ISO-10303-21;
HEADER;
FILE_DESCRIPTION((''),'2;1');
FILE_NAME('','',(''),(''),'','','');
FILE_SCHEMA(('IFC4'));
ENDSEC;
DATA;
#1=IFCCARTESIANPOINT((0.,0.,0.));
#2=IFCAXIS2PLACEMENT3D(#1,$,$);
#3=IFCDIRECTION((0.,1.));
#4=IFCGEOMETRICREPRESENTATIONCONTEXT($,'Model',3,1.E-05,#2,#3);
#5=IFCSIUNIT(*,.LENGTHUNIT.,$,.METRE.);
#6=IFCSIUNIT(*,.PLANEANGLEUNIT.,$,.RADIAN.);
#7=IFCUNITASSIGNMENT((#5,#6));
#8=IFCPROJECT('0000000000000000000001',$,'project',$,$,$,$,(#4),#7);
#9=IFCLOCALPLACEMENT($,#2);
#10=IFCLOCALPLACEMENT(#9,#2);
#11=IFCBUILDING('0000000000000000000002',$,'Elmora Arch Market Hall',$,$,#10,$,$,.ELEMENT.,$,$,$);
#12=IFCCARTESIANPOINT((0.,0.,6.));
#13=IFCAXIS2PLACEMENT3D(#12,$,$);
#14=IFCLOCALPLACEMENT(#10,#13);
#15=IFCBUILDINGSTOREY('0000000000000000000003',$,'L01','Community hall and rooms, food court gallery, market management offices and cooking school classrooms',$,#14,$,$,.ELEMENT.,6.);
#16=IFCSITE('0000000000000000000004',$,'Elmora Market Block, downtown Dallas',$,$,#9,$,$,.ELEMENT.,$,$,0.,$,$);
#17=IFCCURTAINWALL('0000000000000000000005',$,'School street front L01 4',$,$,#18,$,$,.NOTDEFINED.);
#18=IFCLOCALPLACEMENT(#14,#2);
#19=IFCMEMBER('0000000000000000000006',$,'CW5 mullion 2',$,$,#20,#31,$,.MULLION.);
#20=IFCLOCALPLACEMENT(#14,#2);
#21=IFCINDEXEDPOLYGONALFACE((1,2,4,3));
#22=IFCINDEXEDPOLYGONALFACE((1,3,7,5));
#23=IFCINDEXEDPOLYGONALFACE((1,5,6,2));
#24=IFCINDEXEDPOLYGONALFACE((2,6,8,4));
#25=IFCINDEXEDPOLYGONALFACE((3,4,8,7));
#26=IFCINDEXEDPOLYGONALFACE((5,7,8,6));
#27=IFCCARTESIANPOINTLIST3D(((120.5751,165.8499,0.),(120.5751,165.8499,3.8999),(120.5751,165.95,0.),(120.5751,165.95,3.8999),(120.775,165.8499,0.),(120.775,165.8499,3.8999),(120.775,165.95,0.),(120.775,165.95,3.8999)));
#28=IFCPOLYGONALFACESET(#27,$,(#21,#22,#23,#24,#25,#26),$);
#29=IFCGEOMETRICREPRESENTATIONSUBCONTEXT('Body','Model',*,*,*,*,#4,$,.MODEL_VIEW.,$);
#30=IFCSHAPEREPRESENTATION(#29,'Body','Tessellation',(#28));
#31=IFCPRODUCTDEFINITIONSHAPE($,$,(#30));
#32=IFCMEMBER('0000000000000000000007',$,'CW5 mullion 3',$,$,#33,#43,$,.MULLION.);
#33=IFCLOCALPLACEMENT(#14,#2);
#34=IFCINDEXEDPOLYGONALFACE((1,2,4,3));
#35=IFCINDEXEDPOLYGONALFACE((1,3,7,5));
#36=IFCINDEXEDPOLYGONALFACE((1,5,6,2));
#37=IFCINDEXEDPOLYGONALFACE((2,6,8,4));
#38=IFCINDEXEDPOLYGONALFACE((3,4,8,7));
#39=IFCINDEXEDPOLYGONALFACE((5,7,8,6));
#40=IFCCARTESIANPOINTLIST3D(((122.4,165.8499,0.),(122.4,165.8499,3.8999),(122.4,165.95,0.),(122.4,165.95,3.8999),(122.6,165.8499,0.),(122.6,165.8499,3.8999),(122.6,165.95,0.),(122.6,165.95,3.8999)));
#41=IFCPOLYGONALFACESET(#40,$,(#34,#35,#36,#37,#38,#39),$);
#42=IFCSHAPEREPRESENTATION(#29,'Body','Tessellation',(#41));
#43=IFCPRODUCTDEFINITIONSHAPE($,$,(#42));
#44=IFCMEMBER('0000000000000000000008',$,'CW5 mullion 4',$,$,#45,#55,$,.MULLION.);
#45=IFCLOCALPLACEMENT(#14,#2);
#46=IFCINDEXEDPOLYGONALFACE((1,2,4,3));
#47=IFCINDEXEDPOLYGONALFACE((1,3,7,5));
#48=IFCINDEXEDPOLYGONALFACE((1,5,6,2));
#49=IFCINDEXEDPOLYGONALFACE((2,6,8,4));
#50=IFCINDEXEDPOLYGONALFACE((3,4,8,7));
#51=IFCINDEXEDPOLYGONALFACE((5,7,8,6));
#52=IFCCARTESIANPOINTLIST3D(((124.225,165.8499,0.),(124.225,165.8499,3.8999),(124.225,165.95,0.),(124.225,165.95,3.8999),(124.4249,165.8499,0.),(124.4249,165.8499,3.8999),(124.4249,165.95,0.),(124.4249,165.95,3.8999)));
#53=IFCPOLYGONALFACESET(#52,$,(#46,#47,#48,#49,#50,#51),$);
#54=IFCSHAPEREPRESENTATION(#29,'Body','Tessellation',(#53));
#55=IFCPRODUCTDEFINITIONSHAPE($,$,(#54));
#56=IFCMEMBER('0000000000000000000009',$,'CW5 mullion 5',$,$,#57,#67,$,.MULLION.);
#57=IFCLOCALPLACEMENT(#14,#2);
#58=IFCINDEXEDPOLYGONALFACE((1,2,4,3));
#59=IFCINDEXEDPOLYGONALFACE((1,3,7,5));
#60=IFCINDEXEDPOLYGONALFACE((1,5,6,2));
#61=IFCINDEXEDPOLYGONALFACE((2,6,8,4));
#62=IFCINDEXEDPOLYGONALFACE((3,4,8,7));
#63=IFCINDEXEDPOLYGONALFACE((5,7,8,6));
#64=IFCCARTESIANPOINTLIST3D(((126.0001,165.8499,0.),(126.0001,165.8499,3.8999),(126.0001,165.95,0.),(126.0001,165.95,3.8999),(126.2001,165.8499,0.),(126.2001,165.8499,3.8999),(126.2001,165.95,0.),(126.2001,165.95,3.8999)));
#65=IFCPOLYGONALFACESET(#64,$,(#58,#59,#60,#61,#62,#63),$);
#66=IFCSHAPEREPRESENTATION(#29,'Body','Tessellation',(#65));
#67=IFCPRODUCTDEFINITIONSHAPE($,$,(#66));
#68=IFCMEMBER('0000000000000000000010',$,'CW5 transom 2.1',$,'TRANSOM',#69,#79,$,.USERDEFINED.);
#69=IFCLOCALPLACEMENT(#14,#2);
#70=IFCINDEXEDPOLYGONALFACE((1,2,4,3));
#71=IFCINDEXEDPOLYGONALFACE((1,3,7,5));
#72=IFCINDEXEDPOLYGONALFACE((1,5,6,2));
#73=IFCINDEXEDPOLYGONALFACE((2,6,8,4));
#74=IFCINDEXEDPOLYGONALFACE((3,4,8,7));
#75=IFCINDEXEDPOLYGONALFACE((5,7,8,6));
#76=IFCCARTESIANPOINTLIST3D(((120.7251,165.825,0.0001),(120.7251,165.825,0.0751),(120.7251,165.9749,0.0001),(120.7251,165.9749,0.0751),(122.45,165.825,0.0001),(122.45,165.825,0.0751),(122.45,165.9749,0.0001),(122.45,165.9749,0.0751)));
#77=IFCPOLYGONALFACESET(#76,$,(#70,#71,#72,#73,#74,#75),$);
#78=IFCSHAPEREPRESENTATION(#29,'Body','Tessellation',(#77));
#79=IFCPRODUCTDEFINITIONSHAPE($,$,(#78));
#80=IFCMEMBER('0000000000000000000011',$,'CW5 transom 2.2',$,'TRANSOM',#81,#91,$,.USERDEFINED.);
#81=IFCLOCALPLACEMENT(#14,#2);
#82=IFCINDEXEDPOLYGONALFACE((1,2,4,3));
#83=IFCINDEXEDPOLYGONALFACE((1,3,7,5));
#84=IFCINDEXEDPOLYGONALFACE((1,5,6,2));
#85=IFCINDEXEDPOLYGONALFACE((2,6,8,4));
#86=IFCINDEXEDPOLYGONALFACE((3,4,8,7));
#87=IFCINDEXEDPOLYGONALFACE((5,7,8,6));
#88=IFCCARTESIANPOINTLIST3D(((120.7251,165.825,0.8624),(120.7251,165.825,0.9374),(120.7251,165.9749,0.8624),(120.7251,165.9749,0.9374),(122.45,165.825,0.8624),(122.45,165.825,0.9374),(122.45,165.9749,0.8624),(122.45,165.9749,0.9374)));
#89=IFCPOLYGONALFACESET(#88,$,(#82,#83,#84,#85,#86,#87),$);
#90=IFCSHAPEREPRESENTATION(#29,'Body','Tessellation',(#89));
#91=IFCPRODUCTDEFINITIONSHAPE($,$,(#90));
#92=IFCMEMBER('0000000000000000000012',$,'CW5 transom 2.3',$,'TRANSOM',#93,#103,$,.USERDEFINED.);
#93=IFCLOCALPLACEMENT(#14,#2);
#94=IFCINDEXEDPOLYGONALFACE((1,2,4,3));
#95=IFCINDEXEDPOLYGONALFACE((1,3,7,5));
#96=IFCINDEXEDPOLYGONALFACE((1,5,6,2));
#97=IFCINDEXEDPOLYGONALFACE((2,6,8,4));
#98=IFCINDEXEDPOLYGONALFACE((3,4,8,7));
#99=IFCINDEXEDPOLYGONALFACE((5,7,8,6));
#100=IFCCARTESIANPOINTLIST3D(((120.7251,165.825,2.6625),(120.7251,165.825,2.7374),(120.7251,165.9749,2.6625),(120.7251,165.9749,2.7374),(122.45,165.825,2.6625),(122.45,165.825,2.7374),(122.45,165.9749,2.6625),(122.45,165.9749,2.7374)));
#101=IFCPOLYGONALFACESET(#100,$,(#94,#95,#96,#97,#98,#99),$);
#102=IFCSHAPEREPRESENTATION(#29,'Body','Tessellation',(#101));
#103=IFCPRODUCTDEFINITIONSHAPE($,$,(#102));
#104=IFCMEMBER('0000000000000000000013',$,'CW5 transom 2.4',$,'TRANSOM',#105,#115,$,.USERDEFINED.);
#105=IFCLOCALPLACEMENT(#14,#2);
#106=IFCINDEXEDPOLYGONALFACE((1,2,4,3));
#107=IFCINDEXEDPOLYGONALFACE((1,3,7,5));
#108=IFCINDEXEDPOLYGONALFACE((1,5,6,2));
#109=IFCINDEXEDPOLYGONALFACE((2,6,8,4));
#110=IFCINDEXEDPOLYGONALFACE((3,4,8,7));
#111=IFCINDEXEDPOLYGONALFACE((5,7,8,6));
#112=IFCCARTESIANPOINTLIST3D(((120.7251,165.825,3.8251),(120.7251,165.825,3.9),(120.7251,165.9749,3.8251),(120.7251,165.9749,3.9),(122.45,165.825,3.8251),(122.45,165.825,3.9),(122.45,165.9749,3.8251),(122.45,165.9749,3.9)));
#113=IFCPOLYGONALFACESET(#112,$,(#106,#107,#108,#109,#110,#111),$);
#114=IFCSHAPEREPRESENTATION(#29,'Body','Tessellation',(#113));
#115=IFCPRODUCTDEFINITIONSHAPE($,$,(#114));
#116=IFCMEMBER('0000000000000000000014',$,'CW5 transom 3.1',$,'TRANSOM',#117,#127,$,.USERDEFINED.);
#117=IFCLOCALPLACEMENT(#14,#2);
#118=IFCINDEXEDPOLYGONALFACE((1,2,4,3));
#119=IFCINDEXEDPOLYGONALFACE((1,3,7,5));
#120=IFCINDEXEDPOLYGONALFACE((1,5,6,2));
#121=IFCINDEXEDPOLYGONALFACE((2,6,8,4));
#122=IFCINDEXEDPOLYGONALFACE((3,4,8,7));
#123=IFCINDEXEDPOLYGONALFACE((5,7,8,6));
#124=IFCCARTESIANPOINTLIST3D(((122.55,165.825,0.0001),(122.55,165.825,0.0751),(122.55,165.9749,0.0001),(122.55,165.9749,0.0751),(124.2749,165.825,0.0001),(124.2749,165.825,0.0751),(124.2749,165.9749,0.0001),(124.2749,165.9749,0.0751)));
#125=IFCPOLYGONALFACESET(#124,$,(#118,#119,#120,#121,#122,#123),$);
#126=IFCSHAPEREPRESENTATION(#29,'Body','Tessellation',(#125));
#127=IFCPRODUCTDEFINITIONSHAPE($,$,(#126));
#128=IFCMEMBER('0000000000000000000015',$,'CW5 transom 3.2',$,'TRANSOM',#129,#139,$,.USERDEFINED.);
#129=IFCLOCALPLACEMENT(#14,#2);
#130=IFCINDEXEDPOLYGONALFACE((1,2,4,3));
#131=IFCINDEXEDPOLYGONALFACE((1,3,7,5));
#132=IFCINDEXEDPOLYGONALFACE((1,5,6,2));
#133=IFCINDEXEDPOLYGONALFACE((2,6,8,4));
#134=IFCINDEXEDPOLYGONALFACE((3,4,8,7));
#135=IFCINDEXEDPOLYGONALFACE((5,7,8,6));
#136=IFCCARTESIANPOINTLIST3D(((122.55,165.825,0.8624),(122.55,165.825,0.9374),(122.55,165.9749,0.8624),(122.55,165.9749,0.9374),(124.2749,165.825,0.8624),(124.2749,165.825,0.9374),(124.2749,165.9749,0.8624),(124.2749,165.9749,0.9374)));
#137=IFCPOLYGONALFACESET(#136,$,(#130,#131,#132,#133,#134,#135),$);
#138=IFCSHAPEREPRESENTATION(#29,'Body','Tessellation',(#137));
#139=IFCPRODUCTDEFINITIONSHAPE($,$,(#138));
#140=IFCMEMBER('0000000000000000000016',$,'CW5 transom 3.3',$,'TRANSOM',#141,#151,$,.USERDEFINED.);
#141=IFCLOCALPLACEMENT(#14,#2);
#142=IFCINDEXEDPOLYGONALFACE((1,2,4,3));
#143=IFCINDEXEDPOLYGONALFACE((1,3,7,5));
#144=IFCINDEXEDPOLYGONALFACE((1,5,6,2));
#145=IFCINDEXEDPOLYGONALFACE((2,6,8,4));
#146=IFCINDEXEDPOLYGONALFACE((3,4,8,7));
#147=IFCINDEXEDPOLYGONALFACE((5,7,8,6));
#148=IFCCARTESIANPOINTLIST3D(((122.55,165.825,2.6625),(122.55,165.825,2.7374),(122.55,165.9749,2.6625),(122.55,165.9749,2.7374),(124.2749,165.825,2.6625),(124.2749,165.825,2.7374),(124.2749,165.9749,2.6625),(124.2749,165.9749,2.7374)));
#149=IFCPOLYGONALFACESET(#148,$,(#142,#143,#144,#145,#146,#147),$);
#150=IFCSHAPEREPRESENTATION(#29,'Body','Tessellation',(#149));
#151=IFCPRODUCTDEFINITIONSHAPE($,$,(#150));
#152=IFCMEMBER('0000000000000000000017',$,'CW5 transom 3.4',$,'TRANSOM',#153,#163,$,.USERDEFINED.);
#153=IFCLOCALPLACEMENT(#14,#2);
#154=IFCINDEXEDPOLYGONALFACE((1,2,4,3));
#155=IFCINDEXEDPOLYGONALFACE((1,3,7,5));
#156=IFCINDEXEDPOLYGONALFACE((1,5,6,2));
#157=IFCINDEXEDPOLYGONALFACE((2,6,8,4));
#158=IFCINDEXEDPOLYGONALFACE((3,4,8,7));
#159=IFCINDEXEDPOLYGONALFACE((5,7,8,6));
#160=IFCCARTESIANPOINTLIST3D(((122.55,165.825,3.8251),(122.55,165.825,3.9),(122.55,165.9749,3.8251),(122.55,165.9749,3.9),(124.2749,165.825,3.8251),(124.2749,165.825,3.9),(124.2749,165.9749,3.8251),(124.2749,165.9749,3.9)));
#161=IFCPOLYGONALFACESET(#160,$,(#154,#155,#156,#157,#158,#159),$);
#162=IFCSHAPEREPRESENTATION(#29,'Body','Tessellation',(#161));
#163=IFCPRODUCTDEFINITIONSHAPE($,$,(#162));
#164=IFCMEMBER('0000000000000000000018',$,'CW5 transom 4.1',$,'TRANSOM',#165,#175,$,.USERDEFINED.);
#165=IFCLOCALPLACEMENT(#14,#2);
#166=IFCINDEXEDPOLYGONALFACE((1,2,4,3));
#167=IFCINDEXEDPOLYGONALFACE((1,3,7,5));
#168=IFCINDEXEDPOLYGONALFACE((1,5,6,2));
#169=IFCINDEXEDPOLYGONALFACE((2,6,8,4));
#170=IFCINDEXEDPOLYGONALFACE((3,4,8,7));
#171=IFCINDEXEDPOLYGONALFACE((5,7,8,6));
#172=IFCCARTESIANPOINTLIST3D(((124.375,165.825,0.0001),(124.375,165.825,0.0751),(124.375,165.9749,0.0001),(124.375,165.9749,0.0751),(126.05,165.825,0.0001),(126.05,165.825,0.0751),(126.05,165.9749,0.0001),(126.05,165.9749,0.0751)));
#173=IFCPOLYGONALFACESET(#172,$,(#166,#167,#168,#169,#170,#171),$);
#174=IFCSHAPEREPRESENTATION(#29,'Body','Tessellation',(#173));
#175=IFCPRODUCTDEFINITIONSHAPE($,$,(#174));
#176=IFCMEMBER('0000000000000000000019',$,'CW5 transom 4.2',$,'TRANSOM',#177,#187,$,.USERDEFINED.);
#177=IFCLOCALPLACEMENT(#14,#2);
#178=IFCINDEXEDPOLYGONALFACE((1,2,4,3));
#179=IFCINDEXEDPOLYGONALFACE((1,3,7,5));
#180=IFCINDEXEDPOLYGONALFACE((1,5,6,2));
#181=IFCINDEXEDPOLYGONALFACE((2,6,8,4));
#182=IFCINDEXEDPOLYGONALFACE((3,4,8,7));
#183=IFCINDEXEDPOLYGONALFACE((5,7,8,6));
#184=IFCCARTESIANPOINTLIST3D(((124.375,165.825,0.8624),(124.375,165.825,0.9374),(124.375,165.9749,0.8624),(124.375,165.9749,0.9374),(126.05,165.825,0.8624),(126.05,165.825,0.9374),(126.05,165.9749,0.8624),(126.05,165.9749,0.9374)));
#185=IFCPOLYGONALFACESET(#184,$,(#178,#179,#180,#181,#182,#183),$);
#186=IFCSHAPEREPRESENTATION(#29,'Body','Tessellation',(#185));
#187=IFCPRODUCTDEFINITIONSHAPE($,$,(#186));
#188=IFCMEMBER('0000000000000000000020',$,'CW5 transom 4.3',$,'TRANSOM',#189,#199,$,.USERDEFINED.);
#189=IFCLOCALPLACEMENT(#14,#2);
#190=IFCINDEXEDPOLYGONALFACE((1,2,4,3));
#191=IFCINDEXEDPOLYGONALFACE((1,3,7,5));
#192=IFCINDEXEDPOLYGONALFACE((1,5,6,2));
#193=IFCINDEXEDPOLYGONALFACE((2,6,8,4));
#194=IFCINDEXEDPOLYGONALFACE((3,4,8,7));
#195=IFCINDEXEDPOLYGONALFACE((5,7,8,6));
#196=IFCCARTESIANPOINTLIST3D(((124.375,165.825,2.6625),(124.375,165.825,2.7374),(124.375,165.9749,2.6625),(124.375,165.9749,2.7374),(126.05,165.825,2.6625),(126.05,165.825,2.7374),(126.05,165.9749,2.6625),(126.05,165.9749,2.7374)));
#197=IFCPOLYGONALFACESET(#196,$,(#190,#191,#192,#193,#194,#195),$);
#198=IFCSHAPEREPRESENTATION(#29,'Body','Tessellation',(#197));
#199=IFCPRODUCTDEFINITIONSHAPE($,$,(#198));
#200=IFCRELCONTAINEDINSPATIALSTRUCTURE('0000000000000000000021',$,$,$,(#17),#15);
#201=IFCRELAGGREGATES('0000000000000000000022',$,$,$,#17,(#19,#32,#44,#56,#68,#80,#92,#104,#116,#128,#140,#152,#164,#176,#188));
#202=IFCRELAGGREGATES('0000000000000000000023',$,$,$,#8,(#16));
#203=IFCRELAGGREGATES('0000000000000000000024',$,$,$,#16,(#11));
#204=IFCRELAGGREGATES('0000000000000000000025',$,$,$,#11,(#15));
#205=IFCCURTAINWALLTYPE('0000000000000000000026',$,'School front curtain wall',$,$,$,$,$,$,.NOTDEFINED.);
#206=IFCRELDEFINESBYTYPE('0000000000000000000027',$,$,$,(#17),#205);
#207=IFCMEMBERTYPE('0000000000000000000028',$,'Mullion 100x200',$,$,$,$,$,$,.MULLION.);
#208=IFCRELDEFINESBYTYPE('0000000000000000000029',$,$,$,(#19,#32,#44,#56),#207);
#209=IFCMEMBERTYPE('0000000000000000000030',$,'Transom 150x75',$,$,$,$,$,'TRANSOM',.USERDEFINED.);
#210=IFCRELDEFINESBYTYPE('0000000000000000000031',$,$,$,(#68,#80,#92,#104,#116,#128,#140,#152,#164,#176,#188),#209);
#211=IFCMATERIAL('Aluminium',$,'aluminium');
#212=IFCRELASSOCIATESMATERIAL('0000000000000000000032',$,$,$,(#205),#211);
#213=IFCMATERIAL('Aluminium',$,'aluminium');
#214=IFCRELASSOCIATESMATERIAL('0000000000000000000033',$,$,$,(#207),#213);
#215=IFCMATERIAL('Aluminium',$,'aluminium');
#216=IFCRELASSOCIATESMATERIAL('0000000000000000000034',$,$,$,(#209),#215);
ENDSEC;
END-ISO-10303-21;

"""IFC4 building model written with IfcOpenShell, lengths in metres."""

from ifc_helpers import new_model, si_unit, direction, frame, origin, origin_2d, place, context, subcontext, project, spatial, rectangle, extrude, material, material_profile, profile_set, type_object, element, aggregate, save


model = new_model("IFC4")

# Units and contexts
model_context = context("Model", 3, precision=1e-05, world=origin(), true_north=direction((0.0, 1.0)))
body_context = subcontext(model_context, "Body", "Model", "MODEL_VIEW")
ifc_project = project(units=[si_unit("LENGTHUNIT", "METRE"), si_unit("PLANEANGLEUNIT", "RADIAN")], contexts=[model_context])

# Site, building, storey
site_placement = place(None, origin())
site = spatial("IfcSite", under=ifc_project, at=site_placement, Name="Elmora Market Block, downtown Dallas", CompositionType="ELEMENT", RefElevation=0.0)
building_placement = place(site_placement, origin())
building = spatial("IfcBuilding", under=site, at=building_placement, Name="Elmora Arch Market Hall", CompositionType="ELEMENT")
storey_placement = place(building_placement, frame((0.0, 0.0, 6.0)))
storey = spatial("IfcBuildingStorey", under=building, at=storey_placement, Name="L01", Description="Community hall and rooms, food court gallery, market management offices and cooking school classrooms", CompositionType="ELEMENT", Elevation=6.0)

# Curtain wall, members
ifc_material_1 = material(Name="Aluminium", Category="aluminium")
curtain_wall_type = type_object("IfcCurtainWallType", Name="School front curtain wall", PredefinedType="NOTDEFINED", material=ifc_material_1)
curtain_wall_placement = place(storey_placement, origin())
curtain_wall = element("IfcCurtainWall", 1, at=curtain_wall_placement, inside=storey, type_object=curtain_wall_type, Name="School street front L01 4", PredefinedType="NOTDEFINED")
ifc_material_2 = material(Name="Aluminium", Category="aluminium")
ifc_material_profile_1 = material_profile(ifc_material_2, rectangle(XDim=0.1001, YDim=0.2, at=origin_2d()), Name="AL 100x200")
ifc_profile_set_1 = profile_set([ifc_material_profile_1], Name="Aluminium")
member_type_1 = type_object("IfcMemberType", Name="Mullion 100x200", PredefinedType="MULLION", material=ifc_profile_set_1)
member_1_placement = place(storey_placement, frame((120.675, 165.8999, 0.0), z_axis=(0.0, 0.0, 1.0), x_axis=(0.0, 1.0, 0.0)))
member_1 = element("IfcMember", 2, at=member_1_placement, type_object=member_type_1, Name="CW5 mullion 2", PredefinedType="MULLION", context=body_context, shape_type="SweptSolid", body=[
    extrude(rectangle(XDim=0.1001, YDim=0.2, at=origin_2d()), origin(), (0.0, 0.0, 1.0), 3.8999),
])
member_2_placement = place(storey_placement, frame((122.5, 165.8999, 0.0), z_axis=(0.0, 0.0, 1.0), x_axis=(0.0, 1.0, 0.0)))
member_2 = element("IfcMember", 3, at=member_2_placement, type_object=member_type_1, Name="CW5 mullion 3", PredefinedType="MULLION", context=body_context, shape_type="SweptSolid", body=[
    extrude(rectangle(XDim=0.1001, YDim=0.2, at=origin_2d()), origin(), (0.0, 0.0, 1.0), 3.8999),
])
member_3_placement = place(storey_placement, frame((124.325, 165.8999, 0.0), z_axis=(0.0, 0.0, 1.0), x_axis=(0.0, 1.0, 0.0)))
member_3 = element("IfcMember", 4, at=member_3_placement, type_object=member_type_1, Name="CW5 mullion 4", PredefinedType="MULLION", context=body_context, shape_type="SweptSolid", body=[
    extrude(rectangle(XDim=0.1001, YDim=0.2, at=origin_2d()), origin(), (0.0, 0.0, 1.0), 3.8999),
])
member_4_placement = place(storey_placement, frame((126.1001, 165.8999, 0.0), z_axis=(0.0, 0.0, 1.0), x_axis=(0.0, 1.0, 0.0)))
member_4 = element("IfcMember", 5, at=member_4_placement, type_object=member_type_1, Name="CW5 mullion 5", PredefinedType="MULLION", context=body_context, shape_type="SweptSolid", body=[
    extrude(rectangle(XDim=0.1001, YDim=0.2, at=origin_2d()), origin(), (0.0, 0.0, 1.0), 3.8999),
])
ifc_material_3 = material(Name="Aluminium", Category="aluminium")
ifc_material_profile_2 = material_profile(ifc_material_3, rectangle(XDim=0.1499, YDim=0.075, at=origin_2d()), Name="AL 150x75")
ifc_profile_set_2 = profile_set([ifc_material_profile_2], Name="Aluminium")
member_type_2 = type_object("IfcMemberType", Name="Transom 150x75", ElementType="TRANSOM", PredefinedType="USERDEFINED", material=ifc_profile_set_2)
member_5_placement = place(storey_placement, frame((120.7251, 165.8999, 0.0376), z_axis=(1.0, 0.0, 0.0), x_axis=(0.0, 1.0, 0.0)))
member_5 = element("IfcMember", 6, at=member_5_placement, type_object=member_type_2, Name="CW5 transom 2.1", ObjectType="TRANSOM", PredefinedType="USERDEFINED", context=body_context, shape_type="SweptSolid", body=[
    extrude(rectangle(XDim=0.1499, YDim=0.075, at=origin_2d()), origin(), (0.0, 0.0, 1.0), 1.7249),
])
member_6_placement = place(storey_placement, frame((120.7251, 165.8999, 0.8999), z_axis=(1.0, 0.0, 0.0), x_axis=(0.0, 1.0, 0.0)))
member_6 = element("IfcMember", 7, at=member_6_placement, type_object=member_type_2, Name="CW5 transom 2.2", ObjectType="TRANSOM", PredefinedType="USERDEFINED", context=body_context, shape_type="SweptSolid", body=[
    extrude(rectangle(XDim=0.1499, YDim=0.075, at=origin_2d()), origin(), (0.0, 0.0, 1.0), 1.7249),
])
member_7_placement = place(storey_placement, frame((120.7251, 165.8999, 2.7), z_axis=(1.0, 0.0, 0.0), x_axis=(0.0, 1.0, 0.0)))
member_7 = element("IfcMember", 8, at=member_7_placement, type_object=member_type_2, Name="CW5 transom 2.3", ObjectType="TRANSOM", PredefinedType="USERDEFINED", context=body_context, shape_type="SweptSolid", body=[
    extrude(rectangle(XDim=0.1499, YDim=0.075, at=origin_2d()), origin(), (0.0, 0.0, 1.0), 1.7249),
])
member_8_placement = place(storey_placement, frame((120.7251, 165.8999, 3.8625), z_axis=(1.0, 0.0, 0.0), x_axis=(0.0, 1.0, 0.0)))
member_8 = element("IfcMember", 9, at=member_8_placement, type_object=member_type_2, Name="CW5 transom 2.4", ObjectType="TRANSOM", PredefinedType="USERDEFINED", context=body_context, shape_type="SweptSolid", body=[
    extrude(rectangle(XDim=0.1499, YDim=0.075, at=origin_2d()), origin(), (0.0, 0.0, 1.0), 1.7249),
])
member_9_placement = place(storey_placement, frame((122.55, 165.8999, 0.0376), z_axis=(1.0, 0.0, 0.0), x_axis=(0.0, 1.0, 0.0)))
member_9 = element("IfcMember", 10, at=member_9_placement, type_object=member_type_2, Name="CW5 transom 3.1", ObjectType="TRANSOM", PredefinedType="USERDEFINED", context=body_context, shape_type="SweptSolid", body=[
    extrude(rectangle(XDim=0.1499, YDim=0.075, at=origin_2d()), origin(), (0.0, 0.0, 1.0), 1.7249),
])
member_10_placement = place(storey_placement, frame((122.55, 165.8999, 0.8999), z_axis=(1.0, 0.0, 0.0), x_axis=(0.0, 1.0, 0.0)))
member_10 = element("IfcMember", 11, at=member_10_placement, type_object=member_type_2, Name="CW5 transom 3.2", ObjectType="TRANSOM", PredefinedType="USERDEFINED", context=body_context, shape_type="SweptSolid", body=[
    extrude(rectangle(XDim=0.1499, YDim=0.075, at=origin_2d()), origin(), (0.0, 0.0, 1.0), 1.7249),
])
member_11_placement = place(storey_placement, frame((122.55, 165.8999, 2.7), z_axis=(1.0, 0.0, 0.0), x_axis=(0.0, 1.0, 0.0)))
member_11 = element("IfcMember", 12, at=member_11_placement, type_object=member_type_2, Name="CW5 transom 3.3", ObjectType="TRANSOM", PredefinedType="USERDEFINED", context=body_context, shape_type="SweptSolid", body=[
    extrude(rectangle(XDim=0.1499, YDim=0.075, at=origin_2d()), origin(), (0.0, 0.0, 1.0), 1.7249),
])
member_12_placement = place(storey_placement, frame((122.55, 165.8999, 3.8625), z_axis=(1.0, 0.0, 0.0), x_axis=(0.0, 1.0, 0.0)))
member_12 = element("IfcMember", 13, at=member_12_placement, type_object=member_type_2, Name="CW5 transom 3.4", ObjectType="TRANSOM", PredefinedType="USERDEFINED", context=body_context, shape_type="SweptSolid", body=[
    extrude(rectangle(XDim=0.1499, YDim=0.075, at=origin_2d()), origin(), (0.0, 0.0, 1.0), 1.7249),
])
member_13_placement = place(storey_placement, frame((124.375, 165.8999, 0.0376), z_axis=(1.0, 0.0, 0.0), x_axis=(0.0, 1.0, 0.0)))
member_13 = element("IfcMember", 14, at=member_13_placement, type_object=member_type_2, Name="CW5 transom 4.1", ObjectType="TRANSOM", PredefinedType="USERDEFINED", context=body_context, shape_type="SweptSolid", body=[
    extrude(rectangle(XDim=0.1499, YDim=0.075, at=origin_2d()), origin(), (0.0, 0.0, 1.0), 1.675),
])
member_14_placement = place(storey_placement, frame((124.375, 165.8999, 0.8999), z_axis=(1.0, 0.0, 0.0), x_axis=(0.0, 1.0, 0.0)))
member_14 = element("IfcMember", 15, at=member_14_placement, type_object=member_type_2, Name="CW5 transom 4.2", ObjectType="TRANSOM", PredefinedType="USERDEFINED", context=body_context, shape_type="SweptSolid", body=[
    extrude(rectangle(XDim=0.1499, YDim=0.075, at=origin_2d()), origin(), (0.0, 0.0, 1.0), 1.675),
])
member_15_placement = place(storey_placement, frame((124.375, 165.8999, 2.7), z_axis=(1.0, 0.0, 0.0), x_axis=(0.0, 1.0, 0.0)))
member_15 = element("IfcMember", 16, at=member_15_placement, type_object=member_type_2, Name="CW5 transom 4.3", ObjectType="TRANSOM", PredefinedType="USERDEFINED", context=body_context, shape_type="SweptSolid", body=[
    extrude(rectangle(XDim=0.1499, YDim=0.075, at=origin_2d()), origin(), (0.0, 0.0, 1.0), 1.675),
])
aggregate(curtain_wall, [member_1, member_2, member_3, member_4, member_5, member_6, member_7, member_8, member_9, member_10, member_11, member_12, member_13, member_14, member_15])

save(model, "model.ifc")
